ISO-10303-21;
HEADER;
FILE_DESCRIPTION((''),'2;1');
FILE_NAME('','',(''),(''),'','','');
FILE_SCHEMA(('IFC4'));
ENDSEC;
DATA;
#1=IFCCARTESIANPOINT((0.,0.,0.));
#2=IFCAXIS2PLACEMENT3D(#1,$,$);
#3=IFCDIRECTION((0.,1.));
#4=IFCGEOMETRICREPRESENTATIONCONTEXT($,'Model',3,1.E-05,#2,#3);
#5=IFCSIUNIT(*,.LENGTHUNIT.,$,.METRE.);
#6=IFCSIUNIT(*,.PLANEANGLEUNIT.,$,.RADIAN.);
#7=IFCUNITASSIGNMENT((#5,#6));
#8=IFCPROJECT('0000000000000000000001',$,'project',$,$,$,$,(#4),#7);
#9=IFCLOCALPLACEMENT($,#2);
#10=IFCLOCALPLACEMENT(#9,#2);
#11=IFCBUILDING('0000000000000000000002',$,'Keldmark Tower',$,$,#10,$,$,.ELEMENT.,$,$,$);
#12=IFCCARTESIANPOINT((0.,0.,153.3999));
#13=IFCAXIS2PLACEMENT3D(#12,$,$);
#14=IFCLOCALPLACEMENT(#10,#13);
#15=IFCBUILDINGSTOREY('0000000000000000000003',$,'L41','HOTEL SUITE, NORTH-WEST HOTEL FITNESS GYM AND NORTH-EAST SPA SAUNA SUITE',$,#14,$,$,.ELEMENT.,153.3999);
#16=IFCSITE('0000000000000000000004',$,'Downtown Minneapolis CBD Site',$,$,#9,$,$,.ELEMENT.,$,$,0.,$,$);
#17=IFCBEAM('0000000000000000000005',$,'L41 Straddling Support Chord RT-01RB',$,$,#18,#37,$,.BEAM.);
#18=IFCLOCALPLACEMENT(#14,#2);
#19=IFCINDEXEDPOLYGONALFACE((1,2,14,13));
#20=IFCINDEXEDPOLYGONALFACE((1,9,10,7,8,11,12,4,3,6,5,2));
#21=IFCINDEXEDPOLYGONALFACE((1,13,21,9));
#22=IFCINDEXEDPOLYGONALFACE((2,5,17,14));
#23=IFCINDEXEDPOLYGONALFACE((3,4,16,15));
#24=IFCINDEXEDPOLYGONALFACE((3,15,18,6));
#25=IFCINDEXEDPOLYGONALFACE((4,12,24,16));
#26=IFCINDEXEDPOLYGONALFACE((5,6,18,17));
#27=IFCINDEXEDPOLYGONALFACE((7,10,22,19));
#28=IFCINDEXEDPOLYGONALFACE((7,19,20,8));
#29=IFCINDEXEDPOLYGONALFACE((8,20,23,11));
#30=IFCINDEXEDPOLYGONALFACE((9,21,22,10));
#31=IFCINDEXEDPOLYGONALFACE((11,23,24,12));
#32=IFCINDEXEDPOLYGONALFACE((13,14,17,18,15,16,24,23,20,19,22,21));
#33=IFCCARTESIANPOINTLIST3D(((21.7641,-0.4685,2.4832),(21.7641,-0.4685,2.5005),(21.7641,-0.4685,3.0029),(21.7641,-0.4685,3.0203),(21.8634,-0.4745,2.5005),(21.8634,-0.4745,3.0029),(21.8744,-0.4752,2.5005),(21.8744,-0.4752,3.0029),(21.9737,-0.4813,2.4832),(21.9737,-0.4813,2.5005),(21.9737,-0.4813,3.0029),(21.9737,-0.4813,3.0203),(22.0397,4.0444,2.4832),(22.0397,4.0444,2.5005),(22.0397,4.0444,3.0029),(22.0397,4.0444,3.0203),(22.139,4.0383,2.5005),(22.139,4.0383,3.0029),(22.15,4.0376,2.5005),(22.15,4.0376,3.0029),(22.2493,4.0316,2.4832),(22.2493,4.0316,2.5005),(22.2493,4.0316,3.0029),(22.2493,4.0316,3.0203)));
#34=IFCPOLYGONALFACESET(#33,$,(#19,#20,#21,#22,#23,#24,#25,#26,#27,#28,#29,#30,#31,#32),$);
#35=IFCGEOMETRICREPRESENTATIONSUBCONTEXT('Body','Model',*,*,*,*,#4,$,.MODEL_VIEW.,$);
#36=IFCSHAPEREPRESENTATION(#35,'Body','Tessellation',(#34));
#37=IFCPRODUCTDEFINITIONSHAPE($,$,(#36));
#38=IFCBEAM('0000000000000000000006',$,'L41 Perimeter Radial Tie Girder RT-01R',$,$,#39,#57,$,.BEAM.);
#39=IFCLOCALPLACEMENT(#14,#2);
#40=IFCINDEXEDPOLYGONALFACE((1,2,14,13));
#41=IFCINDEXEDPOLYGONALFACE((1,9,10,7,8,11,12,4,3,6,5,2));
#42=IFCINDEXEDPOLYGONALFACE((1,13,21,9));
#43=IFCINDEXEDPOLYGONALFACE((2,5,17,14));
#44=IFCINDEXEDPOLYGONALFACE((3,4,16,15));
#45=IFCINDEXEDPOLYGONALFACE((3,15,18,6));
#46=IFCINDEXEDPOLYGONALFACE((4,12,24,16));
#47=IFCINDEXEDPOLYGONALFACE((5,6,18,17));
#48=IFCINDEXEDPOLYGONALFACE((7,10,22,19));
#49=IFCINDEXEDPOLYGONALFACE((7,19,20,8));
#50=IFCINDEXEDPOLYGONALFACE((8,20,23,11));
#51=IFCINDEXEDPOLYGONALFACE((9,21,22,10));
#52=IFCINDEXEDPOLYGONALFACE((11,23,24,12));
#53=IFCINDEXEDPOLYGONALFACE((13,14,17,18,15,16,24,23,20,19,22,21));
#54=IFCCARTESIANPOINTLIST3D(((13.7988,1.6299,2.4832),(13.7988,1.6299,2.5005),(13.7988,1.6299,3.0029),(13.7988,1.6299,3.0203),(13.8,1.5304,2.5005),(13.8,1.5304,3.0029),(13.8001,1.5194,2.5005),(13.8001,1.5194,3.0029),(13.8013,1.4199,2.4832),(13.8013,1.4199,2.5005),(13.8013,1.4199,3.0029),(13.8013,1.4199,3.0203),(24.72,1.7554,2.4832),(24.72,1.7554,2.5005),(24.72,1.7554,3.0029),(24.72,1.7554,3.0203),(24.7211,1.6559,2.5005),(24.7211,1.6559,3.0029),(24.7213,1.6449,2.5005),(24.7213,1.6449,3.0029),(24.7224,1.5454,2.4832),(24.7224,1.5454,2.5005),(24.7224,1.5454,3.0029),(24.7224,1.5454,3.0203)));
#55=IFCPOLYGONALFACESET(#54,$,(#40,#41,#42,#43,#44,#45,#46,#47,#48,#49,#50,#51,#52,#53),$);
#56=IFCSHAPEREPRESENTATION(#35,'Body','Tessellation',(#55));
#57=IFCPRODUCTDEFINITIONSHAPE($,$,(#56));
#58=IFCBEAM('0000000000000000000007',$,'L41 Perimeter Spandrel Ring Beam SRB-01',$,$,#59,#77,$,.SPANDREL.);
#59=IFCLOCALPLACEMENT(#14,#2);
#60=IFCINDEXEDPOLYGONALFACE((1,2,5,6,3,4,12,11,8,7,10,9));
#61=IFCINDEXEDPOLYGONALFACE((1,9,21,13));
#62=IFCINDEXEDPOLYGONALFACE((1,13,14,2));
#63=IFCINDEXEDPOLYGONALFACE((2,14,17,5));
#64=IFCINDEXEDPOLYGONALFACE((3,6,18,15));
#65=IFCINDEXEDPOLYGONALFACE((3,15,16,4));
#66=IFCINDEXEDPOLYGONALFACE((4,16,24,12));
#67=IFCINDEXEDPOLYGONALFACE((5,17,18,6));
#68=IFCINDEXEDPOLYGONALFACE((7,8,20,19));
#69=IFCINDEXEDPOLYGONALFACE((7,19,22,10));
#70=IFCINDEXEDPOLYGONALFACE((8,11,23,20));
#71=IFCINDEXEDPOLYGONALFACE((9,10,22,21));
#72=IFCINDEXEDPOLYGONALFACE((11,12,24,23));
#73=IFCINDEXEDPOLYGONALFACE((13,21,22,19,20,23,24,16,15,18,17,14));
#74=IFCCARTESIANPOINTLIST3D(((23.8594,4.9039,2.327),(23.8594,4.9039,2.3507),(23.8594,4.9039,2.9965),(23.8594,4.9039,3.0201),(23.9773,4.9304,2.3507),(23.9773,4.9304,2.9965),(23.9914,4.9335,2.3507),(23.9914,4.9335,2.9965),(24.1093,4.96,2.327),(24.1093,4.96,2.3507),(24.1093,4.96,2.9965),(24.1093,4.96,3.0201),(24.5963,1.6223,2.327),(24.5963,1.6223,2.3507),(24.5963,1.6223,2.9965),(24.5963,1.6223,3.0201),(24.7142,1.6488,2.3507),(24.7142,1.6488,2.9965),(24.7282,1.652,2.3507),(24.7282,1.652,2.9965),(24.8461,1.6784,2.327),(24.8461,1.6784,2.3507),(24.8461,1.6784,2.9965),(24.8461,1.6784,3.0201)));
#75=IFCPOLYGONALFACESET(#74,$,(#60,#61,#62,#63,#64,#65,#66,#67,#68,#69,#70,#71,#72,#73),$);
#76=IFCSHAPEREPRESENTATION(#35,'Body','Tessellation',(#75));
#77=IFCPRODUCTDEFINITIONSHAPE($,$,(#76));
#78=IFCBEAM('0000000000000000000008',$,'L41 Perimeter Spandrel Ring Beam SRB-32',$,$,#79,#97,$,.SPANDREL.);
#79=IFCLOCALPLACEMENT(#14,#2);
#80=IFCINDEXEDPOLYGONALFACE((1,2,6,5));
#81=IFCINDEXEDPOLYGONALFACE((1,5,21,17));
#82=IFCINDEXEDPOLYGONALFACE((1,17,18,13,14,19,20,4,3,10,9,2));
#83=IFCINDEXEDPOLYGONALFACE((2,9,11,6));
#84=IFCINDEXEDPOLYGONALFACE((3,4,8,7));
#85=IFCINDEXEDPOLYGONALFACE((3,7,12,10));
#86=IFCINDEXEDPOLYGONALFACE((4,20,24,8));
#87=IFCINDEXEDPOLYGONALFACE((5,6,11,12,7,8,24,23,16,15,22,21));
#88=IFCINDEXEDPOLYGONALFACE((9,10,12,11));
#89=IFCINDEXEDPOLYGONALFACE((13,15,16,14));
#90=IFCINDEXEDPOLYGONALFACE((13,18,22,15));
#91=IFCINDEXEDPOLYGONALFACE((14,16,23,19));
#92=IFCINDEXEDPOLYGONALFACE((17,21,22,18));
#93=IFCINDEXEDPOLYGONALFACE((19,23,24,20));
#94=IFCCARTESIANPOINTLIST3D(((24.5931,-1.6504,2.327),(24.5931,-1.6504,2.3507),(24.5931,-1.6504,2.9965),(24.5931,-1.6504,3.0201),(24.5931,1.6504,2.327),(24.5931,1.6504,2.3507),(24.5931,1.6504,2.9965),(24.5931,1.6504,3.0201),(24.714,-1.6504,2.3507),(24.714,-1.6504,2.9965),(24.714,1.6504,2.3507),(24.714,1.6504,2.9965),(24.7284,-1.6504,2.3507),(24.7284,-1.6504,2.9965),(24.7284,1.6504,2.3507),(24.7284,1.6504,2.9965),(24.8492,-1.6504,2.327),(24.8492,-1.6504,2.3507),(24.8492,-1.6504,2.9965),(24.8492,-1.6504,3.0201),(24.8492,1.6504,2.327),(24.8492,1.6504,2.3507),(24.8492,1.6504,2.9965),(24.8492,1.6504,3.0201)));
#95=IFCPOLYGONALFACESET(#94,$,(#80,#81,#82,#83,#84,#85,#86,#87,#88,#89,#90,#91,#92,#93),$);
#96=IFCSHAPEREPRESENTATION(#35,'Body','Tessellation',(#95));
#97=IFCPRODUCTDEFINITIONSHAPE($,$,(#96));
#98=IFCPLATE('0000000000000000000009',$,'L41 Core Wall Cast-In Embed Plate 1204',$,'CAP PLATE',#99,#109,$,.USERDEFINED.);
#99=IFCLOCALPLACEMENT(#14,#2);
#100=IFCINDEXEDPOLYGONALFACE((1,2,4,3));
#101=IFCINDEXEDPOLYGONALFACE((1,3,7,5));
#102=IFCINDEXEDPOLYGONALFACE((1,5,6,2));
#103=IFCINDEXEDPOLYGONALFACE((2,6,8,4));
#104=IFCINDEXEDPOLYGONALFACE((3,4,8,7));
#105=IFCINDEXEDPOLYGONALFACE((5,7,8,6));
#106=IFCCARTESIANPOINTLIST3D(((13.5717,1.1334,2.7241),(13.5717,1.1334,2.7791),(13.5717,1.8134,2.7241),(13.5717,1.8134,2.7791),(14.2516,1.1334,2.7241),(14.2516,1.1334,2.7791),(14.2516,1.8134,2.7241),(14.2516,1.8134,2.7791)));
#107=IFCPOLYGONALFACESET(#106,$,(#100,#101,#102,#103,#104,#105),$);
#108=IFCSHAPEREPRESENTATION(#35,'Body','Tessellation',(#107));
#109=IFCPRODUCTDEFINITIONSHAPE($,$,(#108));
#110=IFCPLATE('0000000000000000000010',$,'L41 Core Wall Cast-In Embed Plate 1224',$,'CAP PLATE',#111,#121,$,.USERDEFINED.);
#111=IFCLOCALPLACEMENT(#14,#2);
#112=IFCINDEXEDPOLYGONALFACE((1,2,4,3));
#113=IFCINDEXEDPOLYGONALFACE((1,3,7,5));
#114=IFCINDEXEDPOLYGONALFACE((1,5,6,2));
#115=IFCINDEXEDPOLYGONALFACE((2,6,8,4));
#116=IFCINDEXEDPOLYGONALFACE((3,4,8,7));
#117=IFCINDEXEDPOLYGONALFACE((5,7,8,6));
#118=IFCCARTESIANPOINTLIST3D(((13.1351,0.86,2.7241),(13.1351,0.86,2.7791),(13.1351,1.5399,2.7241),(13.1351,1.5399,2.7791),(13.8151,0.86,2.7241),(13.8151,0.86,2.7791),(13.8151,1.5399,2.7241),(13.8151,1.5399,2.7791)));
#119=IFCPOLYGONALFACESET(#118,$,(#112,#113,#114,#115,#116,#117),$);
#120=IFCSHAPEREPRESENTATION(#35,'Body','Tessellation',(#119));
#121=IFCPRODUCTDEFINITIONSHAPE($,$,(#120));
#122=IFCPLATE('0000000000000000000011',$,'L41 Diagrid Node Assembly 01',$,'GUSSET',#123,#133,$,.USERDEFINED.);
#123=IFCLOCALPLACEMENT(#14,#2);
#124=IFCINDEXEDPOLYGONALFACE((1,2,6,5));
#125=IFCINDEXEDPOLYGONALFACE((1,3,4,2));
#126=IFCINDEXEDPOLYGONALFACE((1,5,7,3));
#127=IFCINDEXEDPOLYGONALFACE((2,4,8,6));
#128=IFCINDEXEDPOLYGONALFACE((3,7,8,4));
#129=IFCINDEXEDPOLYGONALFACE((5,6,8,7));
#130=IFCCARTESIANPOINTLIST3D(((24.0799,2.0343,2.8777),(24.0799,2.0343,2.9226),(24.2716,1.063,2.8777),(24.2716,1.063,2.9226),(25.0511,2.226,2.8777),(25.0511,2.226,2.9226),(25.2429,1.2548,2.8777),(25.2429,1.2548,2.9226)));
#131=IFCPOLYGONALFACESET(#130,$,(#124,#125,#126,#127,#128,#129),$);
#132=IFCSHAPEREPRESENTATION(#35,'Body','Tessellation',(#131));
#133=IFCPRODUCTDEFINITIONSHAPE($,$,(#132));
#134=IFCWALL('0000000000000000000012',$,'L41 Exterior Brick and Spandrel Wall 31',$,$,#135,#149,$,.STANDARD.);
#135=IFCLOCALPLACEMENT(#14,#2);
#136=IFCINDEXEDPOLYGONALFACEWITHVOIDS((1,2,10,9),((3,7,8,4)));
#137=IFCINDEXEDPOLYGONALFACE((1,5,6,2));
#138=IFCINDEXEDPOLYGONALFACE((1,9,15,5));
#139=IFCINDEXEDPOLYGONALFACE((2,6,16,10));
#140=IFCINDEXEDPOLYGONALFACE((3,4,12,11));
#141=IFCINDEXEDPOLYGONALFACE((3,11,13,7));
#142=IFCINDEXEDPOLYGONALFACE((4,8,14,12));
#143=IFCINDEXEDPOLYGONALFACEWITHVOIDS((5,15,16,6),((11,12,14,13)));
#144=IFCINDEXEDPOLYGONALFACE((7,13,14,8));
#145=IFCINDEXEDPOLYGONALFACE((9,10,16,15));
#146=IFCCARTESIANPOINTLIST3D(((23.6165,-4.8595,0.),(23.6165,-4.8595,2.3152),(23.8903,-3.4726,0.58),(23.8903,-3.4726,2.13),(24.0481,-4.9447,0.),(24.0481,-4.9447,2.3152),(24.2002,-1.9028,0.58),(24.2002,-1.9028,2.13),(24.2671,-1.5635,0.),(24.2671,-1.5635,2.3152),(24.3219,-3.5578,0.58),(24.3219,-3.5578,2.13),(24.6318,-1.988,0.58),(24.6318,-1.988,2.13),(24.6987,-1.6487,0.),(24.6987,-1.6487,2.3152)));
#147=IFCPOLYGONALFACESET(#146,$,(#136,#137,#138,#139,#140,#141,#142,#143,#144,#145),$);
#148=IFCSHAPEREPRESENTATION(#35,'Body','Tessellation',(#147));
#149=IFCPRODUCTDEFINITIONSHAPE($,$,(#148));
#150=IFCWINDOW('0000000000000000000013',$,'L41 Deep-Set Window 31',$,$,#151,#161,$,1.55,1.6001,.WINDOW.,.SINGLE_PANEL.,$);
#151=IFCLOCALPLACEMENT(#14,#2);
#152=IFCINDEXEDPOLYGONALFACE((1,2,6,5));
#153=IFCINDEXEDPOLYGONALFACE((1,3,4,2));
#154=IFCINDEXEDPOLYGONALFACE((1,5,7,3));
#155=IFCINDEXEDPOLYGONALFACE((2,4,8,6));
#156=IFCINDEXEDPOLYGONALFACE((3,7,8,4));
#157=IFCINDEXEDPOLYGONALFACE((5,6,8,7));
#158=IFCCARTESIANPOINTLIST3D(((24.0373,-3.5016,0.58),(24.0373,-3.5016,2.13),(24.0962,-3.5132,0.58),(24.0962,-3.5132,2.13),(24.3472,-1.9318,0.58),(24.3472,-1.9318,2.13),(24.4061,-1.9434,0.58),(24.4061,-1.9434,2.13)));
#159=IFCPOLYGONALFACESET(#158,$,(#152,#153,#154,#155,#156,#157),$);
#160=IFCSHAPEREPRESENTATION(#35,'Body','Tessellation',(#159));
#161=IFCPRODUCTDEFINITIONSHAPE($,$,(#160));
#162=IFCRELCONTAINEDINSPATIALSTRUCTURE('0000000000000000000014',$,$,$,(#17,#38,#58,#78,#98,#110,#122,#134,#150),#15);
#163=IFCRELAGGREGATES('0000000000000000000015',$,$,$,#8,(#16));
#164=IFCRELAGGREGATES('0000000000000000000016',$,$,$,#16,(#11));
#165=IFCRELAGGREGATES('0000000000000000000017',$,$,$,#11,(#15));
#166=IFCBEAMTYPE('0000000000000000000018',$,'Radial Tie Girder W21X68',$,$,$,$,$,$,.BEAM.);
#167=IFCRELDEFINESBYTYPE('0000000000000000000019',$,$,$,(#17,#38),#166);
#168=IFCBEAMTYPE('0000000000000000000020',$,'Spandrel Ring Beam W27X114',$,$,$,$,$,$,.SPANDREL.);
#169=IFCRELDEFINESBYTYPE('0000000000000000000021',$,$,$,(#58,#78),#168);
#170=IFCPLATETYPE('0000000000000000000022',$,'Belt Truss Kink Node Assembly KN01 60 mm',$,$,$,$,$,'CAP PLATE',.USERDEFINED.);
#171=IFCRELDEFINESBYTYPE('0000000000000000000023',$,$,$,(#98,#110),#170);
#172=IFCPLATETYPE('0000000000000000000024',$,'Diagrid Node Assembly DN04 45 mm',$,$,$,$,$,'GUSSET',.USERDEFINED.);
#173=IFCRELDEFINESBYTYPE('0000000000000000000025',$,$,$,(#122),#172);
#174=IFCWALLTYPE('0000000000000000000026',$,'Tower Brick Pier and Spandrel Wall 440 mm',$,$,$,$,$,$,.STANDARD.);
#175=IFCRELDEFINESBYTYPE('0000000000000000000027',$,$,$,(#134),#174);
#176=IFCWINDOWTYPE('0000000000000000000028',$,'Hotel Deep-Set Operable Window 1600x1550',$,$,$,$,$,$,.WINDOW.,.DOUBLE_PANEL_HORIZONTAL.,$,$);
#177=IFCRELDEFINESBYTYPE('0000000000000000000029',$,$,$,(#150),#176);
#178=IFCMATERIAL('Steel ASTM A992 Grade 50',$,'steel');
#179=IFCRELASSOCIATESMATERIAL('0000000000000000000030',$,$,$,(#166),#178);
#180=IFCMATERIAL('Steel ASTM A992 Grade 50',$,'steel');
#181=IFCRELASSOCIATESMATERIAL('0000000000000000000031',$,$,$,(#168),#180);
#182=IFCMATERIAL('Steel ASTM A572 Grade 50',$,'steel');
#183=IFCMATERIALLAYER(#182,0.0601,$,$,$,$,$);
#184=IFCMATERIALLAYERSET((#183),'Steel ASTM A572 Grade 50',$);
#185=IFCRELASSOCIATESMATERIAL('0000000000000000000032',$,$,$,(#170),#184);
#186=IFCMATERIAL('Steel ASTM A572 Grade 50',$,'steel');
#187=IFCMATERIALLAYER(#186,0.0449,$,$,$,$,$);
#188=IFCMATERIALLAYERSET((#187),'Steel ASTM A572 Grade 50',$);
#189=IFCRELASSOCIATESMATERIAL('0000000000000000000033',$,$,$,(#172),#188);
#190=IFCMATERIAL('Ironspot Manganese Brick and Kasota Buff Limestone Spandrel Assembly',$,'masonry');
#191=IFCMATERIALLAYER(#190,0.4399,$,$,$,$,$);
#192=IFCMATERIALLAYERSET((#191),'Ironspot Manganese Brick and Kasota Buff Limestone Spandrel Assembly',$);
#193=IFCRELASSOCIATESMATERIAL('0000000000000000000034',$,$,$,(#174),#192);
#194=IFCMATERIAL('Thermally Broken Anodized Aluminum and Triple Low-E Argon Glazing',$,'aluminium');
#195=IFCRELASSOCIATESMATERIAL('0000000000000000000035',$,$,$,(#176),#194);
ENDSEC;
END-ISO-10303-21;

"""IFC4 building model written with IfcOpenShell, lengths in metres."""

from ifc_helpers import new_model, si_unit, direction, frame, frame_2d, origin, origin_2d, place, context, subcontext, project, spatial, rectangle, i_section, extrude, material, layer, layer_set, material_profile, profile_set, type_object, element, fill, save


model = new_model("IFC4")

# Units and contexts
model_context = context("Model", 3, precision=1e-05, world=origin(), true_north=direction((0.0, 1.0)))
body_context = subcontext(model_context, "Body", "Model", "MODEL_VIEW")
ifc_project = project(units=[si_unit("LENGTHUNIT", "METRE"), si_unit("PLANEANGLEUNIT", "RADIAN")], contexts=[model_context])

# Site, building, storey
site_placement = place(None, origin())
site = spatial("IfcSite", under=ifc_project, at=site_placement, Name="Downtown Minneapolis CBD Site", CompositionType="ELEMENT", RefElevation=0.0)
building_placement = place(site_placement, origin())
building = spatial("IfcBuilding", under=site, at=building_placement, Name="Keldmark Tower", CompositionType="ELEMENT")
storey_placement = place(building_placement, frame((0.0, 0.0, 153.3999)))
storey = spatial("IfcBuildingStorey", under=building, at=storey_placement, Name="L41", Description="HOTEL SUITE, NORTH-WEST HOTEL FITNESS GYM AND NORTH-EAST SPA SAUNA SUITE", CompositionType="ELEMENT", Elevation=153.3999)

# Beams
ifc_material_1 = material(Name="Steel ASTM A992 Grade 50", Category="steel")
ifc_material_profile_1 = material_profile(ifc_material_1, i_section(OverallWidth=0.21, OverallDepth=0.5371, WebThickness=0.011, FlangeThickness=0.0173, at=origin_2d()), Name="W21X68")
ifc_profile_set_1 = profile_set([ifc_material_profile_1], Name="Steel ASTM A992 Grade 50")
beam_type_1 = type_object("IfcBeamType", Name="Radial Tie Girder W21X68", PredefinedType="BEAM", material=ifc_profile_set_1)
beam_1_placement = place(storey_placement, frame((21.8689, -0.4749, 2.7517), z_axis=(0.060963, 0.99814, 0.0), x_axis=(-0.99814, 0.060963, 0.0)))
element("IfcBeam", 1, at=beam_1_placement, inside=storey, type_object=beam_type_1, Name="L41 Straddling Support Chord RT-01RB", PredefinedType="BEAM", context=body_context, shape_type="SweptSolid", body=[
    extrude(i_section(OverallWidth=0.21, OverallDepth=0.5371, WebThickness=0.011, FlangeThickness=0.0173, at=origin_2d()), origin(), (0.0, 0.0, 1.0), 4.5212),
])
beam_2_placement = place(storey_placement, frame((13.8, 1.5249, 2.7517), z_axis=(0.999934, 0.01149, 0.0), x_axis=(-0.01149, 0.999934, 0.0)))
element("IfcBeam", 2, at=beam_2_placement, inside=storey, type_object=beam_type_1, Name="L41 Perimeter Radial Tie Girder RT-01R", PredefinedType="BEAM", context=body_context, shape_type="SweptSolid", body=[
    extrude(i_section(OverallWidth=0.21, OverallDepth=0.5371, WebThickness=0.011, FlangeThickness=0.0173, at=origin_2d()), origin(), (0.0, 0.0, 1.0), 10.9219),
])
ifc_material_2 = material(Name="Steel ASTM A992 Grade 50", Category="steel")
ifc_material_profile_2 = material_profile(ifc_material_2, i_section(OverallWidth=0.2561, OverallDepth=0.6931, WebThickness=0.0144, FlangeThickness=0.0237, at=origin_2d()), Name="W27X114")
ifc_profile_set_2 = profile_set([ifc_material_profile_2], Name="Steel ASTM A992 Grade 50")
beam_type_2 = type_object("IfcBeamType", Name="Spandrel Ring Beam W27X114", PredefinedType="SPANDREL", material=ifc_profile_set_2)
beam_3_placement = place(storey_placement, frame((24.7212, 1.6504, 2.6736), z_axis=(-0.219082, 0.975706, 0.0), x_axis=(-0.975706, -0.219082, 0.0)))
element("IfcBeam", 3, at=beam_3_placement, inside=storey, type_object=beam_type_2, Name="L41 Perimeter Spandrel Ring Beam SRB-01", PredefinedType="SPANDREL", context=body_context, shape_type="SweptSolid", body=[
    extrude(i_section(OverallWidth=0.2561, OverallDepth=0.6931, WebThickness=0.0144, FlangeThickness=0.0237, at=origin_2d()), origin(), (0.0, 0.0, 1.0), 3.3633),
])
beam_4_placement = place(storey_placement, frame((24.7212, -1.6504, 2.6736), z_axis=(0.0, 1.0, 0.0), x_axis=(-1.0, 0.0, 0.0)))
element("IfcBeam", 4, at=beam_4_placement, inside=storey, type_object=beam_type_2, Name="L41 Perimeter Spandrel Ring Beam SRB-32", PredefinedType="SPANDREL", context=body_context, shape_type="SweptSolid", body=[
    extrude(i_section(OverallWidth=0.2561, OverallDepth=0.6931, WebThickness=0.0144, FlangeThickness=0.0237, at=origin_2d()), origin(), (0.0, 0.0, 1.0), 3.3008),
])

# Plates
ifc_material_3 = material(Name="Steel ASTM A572 Grade 50", Category="steel")
ifc_layer_1 = layer(ifc_material_3, 0.0601)
ifc_layer_set_1 = layer_set([ifc_layer_1], Name="Steel ASTM A572 Grade 50")
plate_type_1 = type_object("IfcPlateType", Name="Belt Truss Kink Node Assembly KN01 60 mm", ElementType="CAP PLATE", PredefinedType="USERDEFINED", material=ifc_layer_set_1)
for number, where, z_axis, x_axis, name in (
    (5, (13.9116, 1.4734, 2.7241), (0.0, 0.0, 1.0), (1.0, 0.0, 0.0), "L41 Core Wall Cast-In Embed Plate 1204"),
    (6, (13.4751, 1.2, 2.7241), (0.0, 0.0, 1.0), (1.0, 0.0, 0.0), "L41 Core Wall Cast-In Embed Plate 1224"),
):
    element("IfcPlate", number, at=place(storey_placement, frame(where, z_axis=z_axis, x_axis=x_axis)), inside=storey, type_object=plate_type_1, Name=name, ObjectType="CAP PLATE", PredefinedType="USERDEFINED", context=body_context, shape_type="SweptSolid", body=[
        extrude(rectangle(XDim=0.6799, YDim=0.6799, at=origin_2d()), origin(), (0.0, 0.0, 1.0), 0.0549),
    ])
ifc_material_4 = material(Name="Steel ASTM A572 Grade 50", Category="steel")
ifc_layer_2 = layer(ifc_material_4, 0.0449)
ifc_layer_set_2 = layer_set([ifc_layer_2], Name="Steel ASTM A572 Grade 50")
plate_type_2 = type_object("IfcPlateType", Name="Diagrid Node Assembly DN04 45 mm", ElementType="GUSSET", PredefinedType="USERDEFINED", material=ifc_layer_set_2)
plate_placement = place(storey_placement, frame((24.6614, 1.6445, 2.8777), z_axis=(0.0, 0.0, 1.0), x_axis=(-0.193721, 0.981057, 0.0)))
element("IfcPlate", 7, at=plate_placement, inside=storey, type_object=plate_type_2, Name="L41 Diagrid Node Assembly 01", ObjectType="GUSSET", PredefinedType="USERDEFINED", context=body_context, shape_type="SweptSolid", body=[
    extrude(rectangle(XDim=0.99, YDim=0.99, at=origin_2d()), origin(), (0.0, 0.0, 1.0), 0.0449),
])

# Wall, opening, window
ifc_material_5 = material(Name="Ironspot Manganese Brick and Kasota Buff Limestone Spandrel Assembly", Category="masonry")
ifc_layer_3 = layer(ifc_material_5, 0.4399)
ifc_layer_set_3 = layer_set([ifc_layer_3], Name="Ironspot Manganese Brick and Kasota Buff Limestone Spandrel Assembly")
wall_type_1 = type_object("IfcWallType", Name="Tower Brick Pier and Spandrel Wall 440 mm", PredefinedType="STANDARD", material=ifc_layer_set_3)
wall_1_placement = place(storey_placement, frame((24.4829, -1.6062, 0.0), z_axis=(0.0, 0.0, 1.0), x_axis=(-0.19367, -0.981067, 0.0)))
wall_1 = element("IfcWall", 8, at=wall_1_placement, inside=storey, type_object=wall_type_1, Name="L41 Exterior Brick and Spandrel Wall 31", PredefinedType="STANDARD", context=body_context, shape_type="SweptSolid", body=[
    extrude(rectangle(XDim=3.3596, YDim=0.4399, at=frame_2d((1.6797, 0.0))), origin(), (0.0, 0.0, 1.0), 2.3152),
])
opening_1_placement = place(wall_1_placement, frame((0.3457, 0.0, 0.5801)))
opening_1 = element("IfcOpeningElement", 9, at=opening_1_placement, cuts=wall_1, PredefinedType="OPENING", context=body_context, shape_type="SweptSolid", body=[
    extrude(rectangle(XDim=1.6001, YDim=1.55, at=frame_2d((0.8, 0.7749))), frame((0.0, 0.23, 0.0), z_axis=(0.0, -1.0, 0.0), x_axis=(1.0, 0.0, 0.0)), (0.0, 0.0, 1.0), 0.46),
])
ifc_material_6 = material(Name="Thermally Broken Anodized Aluminum and Triple Low-E Argon Glazing", Category="aluminium")
window_type = type_object("IfcWindowType", Name="Hotel Deep-Set Operable Window 1600x1550", PartitioningType="DOUBLE_PANEL_HORIZONTAL", PredefinedType="WINDOW", material=ifc_material_6)
window_1_placement = place(opening_1_placement, origin())
window_1 = element("IfcWindow", 10, at=window_1_placement, inside=storey, type_object=window_type, Name="L41 Deep-Set Window 31", OverallHeight=1.55, OverallWidth=1.6001, PartitioningType="SINGLE_PANEL", PredefinedType="WINDOW", context=body_context, shape_type="SweptSolid", body=[
    extrude(rectangle(XDim=1.6001, YDim=1.55, at=frame_2d((0.8, 0.7749))), frame((0.0, -0.01, 0.0), z_axis=(0.0, -1.0, 0.0), x_axis=(1.0, 0.0, 0.0)), (0.0, 0.0, 1.0), 0.0601),
])
fill(opening_1, window_1)

save(model, "model.ifc")
